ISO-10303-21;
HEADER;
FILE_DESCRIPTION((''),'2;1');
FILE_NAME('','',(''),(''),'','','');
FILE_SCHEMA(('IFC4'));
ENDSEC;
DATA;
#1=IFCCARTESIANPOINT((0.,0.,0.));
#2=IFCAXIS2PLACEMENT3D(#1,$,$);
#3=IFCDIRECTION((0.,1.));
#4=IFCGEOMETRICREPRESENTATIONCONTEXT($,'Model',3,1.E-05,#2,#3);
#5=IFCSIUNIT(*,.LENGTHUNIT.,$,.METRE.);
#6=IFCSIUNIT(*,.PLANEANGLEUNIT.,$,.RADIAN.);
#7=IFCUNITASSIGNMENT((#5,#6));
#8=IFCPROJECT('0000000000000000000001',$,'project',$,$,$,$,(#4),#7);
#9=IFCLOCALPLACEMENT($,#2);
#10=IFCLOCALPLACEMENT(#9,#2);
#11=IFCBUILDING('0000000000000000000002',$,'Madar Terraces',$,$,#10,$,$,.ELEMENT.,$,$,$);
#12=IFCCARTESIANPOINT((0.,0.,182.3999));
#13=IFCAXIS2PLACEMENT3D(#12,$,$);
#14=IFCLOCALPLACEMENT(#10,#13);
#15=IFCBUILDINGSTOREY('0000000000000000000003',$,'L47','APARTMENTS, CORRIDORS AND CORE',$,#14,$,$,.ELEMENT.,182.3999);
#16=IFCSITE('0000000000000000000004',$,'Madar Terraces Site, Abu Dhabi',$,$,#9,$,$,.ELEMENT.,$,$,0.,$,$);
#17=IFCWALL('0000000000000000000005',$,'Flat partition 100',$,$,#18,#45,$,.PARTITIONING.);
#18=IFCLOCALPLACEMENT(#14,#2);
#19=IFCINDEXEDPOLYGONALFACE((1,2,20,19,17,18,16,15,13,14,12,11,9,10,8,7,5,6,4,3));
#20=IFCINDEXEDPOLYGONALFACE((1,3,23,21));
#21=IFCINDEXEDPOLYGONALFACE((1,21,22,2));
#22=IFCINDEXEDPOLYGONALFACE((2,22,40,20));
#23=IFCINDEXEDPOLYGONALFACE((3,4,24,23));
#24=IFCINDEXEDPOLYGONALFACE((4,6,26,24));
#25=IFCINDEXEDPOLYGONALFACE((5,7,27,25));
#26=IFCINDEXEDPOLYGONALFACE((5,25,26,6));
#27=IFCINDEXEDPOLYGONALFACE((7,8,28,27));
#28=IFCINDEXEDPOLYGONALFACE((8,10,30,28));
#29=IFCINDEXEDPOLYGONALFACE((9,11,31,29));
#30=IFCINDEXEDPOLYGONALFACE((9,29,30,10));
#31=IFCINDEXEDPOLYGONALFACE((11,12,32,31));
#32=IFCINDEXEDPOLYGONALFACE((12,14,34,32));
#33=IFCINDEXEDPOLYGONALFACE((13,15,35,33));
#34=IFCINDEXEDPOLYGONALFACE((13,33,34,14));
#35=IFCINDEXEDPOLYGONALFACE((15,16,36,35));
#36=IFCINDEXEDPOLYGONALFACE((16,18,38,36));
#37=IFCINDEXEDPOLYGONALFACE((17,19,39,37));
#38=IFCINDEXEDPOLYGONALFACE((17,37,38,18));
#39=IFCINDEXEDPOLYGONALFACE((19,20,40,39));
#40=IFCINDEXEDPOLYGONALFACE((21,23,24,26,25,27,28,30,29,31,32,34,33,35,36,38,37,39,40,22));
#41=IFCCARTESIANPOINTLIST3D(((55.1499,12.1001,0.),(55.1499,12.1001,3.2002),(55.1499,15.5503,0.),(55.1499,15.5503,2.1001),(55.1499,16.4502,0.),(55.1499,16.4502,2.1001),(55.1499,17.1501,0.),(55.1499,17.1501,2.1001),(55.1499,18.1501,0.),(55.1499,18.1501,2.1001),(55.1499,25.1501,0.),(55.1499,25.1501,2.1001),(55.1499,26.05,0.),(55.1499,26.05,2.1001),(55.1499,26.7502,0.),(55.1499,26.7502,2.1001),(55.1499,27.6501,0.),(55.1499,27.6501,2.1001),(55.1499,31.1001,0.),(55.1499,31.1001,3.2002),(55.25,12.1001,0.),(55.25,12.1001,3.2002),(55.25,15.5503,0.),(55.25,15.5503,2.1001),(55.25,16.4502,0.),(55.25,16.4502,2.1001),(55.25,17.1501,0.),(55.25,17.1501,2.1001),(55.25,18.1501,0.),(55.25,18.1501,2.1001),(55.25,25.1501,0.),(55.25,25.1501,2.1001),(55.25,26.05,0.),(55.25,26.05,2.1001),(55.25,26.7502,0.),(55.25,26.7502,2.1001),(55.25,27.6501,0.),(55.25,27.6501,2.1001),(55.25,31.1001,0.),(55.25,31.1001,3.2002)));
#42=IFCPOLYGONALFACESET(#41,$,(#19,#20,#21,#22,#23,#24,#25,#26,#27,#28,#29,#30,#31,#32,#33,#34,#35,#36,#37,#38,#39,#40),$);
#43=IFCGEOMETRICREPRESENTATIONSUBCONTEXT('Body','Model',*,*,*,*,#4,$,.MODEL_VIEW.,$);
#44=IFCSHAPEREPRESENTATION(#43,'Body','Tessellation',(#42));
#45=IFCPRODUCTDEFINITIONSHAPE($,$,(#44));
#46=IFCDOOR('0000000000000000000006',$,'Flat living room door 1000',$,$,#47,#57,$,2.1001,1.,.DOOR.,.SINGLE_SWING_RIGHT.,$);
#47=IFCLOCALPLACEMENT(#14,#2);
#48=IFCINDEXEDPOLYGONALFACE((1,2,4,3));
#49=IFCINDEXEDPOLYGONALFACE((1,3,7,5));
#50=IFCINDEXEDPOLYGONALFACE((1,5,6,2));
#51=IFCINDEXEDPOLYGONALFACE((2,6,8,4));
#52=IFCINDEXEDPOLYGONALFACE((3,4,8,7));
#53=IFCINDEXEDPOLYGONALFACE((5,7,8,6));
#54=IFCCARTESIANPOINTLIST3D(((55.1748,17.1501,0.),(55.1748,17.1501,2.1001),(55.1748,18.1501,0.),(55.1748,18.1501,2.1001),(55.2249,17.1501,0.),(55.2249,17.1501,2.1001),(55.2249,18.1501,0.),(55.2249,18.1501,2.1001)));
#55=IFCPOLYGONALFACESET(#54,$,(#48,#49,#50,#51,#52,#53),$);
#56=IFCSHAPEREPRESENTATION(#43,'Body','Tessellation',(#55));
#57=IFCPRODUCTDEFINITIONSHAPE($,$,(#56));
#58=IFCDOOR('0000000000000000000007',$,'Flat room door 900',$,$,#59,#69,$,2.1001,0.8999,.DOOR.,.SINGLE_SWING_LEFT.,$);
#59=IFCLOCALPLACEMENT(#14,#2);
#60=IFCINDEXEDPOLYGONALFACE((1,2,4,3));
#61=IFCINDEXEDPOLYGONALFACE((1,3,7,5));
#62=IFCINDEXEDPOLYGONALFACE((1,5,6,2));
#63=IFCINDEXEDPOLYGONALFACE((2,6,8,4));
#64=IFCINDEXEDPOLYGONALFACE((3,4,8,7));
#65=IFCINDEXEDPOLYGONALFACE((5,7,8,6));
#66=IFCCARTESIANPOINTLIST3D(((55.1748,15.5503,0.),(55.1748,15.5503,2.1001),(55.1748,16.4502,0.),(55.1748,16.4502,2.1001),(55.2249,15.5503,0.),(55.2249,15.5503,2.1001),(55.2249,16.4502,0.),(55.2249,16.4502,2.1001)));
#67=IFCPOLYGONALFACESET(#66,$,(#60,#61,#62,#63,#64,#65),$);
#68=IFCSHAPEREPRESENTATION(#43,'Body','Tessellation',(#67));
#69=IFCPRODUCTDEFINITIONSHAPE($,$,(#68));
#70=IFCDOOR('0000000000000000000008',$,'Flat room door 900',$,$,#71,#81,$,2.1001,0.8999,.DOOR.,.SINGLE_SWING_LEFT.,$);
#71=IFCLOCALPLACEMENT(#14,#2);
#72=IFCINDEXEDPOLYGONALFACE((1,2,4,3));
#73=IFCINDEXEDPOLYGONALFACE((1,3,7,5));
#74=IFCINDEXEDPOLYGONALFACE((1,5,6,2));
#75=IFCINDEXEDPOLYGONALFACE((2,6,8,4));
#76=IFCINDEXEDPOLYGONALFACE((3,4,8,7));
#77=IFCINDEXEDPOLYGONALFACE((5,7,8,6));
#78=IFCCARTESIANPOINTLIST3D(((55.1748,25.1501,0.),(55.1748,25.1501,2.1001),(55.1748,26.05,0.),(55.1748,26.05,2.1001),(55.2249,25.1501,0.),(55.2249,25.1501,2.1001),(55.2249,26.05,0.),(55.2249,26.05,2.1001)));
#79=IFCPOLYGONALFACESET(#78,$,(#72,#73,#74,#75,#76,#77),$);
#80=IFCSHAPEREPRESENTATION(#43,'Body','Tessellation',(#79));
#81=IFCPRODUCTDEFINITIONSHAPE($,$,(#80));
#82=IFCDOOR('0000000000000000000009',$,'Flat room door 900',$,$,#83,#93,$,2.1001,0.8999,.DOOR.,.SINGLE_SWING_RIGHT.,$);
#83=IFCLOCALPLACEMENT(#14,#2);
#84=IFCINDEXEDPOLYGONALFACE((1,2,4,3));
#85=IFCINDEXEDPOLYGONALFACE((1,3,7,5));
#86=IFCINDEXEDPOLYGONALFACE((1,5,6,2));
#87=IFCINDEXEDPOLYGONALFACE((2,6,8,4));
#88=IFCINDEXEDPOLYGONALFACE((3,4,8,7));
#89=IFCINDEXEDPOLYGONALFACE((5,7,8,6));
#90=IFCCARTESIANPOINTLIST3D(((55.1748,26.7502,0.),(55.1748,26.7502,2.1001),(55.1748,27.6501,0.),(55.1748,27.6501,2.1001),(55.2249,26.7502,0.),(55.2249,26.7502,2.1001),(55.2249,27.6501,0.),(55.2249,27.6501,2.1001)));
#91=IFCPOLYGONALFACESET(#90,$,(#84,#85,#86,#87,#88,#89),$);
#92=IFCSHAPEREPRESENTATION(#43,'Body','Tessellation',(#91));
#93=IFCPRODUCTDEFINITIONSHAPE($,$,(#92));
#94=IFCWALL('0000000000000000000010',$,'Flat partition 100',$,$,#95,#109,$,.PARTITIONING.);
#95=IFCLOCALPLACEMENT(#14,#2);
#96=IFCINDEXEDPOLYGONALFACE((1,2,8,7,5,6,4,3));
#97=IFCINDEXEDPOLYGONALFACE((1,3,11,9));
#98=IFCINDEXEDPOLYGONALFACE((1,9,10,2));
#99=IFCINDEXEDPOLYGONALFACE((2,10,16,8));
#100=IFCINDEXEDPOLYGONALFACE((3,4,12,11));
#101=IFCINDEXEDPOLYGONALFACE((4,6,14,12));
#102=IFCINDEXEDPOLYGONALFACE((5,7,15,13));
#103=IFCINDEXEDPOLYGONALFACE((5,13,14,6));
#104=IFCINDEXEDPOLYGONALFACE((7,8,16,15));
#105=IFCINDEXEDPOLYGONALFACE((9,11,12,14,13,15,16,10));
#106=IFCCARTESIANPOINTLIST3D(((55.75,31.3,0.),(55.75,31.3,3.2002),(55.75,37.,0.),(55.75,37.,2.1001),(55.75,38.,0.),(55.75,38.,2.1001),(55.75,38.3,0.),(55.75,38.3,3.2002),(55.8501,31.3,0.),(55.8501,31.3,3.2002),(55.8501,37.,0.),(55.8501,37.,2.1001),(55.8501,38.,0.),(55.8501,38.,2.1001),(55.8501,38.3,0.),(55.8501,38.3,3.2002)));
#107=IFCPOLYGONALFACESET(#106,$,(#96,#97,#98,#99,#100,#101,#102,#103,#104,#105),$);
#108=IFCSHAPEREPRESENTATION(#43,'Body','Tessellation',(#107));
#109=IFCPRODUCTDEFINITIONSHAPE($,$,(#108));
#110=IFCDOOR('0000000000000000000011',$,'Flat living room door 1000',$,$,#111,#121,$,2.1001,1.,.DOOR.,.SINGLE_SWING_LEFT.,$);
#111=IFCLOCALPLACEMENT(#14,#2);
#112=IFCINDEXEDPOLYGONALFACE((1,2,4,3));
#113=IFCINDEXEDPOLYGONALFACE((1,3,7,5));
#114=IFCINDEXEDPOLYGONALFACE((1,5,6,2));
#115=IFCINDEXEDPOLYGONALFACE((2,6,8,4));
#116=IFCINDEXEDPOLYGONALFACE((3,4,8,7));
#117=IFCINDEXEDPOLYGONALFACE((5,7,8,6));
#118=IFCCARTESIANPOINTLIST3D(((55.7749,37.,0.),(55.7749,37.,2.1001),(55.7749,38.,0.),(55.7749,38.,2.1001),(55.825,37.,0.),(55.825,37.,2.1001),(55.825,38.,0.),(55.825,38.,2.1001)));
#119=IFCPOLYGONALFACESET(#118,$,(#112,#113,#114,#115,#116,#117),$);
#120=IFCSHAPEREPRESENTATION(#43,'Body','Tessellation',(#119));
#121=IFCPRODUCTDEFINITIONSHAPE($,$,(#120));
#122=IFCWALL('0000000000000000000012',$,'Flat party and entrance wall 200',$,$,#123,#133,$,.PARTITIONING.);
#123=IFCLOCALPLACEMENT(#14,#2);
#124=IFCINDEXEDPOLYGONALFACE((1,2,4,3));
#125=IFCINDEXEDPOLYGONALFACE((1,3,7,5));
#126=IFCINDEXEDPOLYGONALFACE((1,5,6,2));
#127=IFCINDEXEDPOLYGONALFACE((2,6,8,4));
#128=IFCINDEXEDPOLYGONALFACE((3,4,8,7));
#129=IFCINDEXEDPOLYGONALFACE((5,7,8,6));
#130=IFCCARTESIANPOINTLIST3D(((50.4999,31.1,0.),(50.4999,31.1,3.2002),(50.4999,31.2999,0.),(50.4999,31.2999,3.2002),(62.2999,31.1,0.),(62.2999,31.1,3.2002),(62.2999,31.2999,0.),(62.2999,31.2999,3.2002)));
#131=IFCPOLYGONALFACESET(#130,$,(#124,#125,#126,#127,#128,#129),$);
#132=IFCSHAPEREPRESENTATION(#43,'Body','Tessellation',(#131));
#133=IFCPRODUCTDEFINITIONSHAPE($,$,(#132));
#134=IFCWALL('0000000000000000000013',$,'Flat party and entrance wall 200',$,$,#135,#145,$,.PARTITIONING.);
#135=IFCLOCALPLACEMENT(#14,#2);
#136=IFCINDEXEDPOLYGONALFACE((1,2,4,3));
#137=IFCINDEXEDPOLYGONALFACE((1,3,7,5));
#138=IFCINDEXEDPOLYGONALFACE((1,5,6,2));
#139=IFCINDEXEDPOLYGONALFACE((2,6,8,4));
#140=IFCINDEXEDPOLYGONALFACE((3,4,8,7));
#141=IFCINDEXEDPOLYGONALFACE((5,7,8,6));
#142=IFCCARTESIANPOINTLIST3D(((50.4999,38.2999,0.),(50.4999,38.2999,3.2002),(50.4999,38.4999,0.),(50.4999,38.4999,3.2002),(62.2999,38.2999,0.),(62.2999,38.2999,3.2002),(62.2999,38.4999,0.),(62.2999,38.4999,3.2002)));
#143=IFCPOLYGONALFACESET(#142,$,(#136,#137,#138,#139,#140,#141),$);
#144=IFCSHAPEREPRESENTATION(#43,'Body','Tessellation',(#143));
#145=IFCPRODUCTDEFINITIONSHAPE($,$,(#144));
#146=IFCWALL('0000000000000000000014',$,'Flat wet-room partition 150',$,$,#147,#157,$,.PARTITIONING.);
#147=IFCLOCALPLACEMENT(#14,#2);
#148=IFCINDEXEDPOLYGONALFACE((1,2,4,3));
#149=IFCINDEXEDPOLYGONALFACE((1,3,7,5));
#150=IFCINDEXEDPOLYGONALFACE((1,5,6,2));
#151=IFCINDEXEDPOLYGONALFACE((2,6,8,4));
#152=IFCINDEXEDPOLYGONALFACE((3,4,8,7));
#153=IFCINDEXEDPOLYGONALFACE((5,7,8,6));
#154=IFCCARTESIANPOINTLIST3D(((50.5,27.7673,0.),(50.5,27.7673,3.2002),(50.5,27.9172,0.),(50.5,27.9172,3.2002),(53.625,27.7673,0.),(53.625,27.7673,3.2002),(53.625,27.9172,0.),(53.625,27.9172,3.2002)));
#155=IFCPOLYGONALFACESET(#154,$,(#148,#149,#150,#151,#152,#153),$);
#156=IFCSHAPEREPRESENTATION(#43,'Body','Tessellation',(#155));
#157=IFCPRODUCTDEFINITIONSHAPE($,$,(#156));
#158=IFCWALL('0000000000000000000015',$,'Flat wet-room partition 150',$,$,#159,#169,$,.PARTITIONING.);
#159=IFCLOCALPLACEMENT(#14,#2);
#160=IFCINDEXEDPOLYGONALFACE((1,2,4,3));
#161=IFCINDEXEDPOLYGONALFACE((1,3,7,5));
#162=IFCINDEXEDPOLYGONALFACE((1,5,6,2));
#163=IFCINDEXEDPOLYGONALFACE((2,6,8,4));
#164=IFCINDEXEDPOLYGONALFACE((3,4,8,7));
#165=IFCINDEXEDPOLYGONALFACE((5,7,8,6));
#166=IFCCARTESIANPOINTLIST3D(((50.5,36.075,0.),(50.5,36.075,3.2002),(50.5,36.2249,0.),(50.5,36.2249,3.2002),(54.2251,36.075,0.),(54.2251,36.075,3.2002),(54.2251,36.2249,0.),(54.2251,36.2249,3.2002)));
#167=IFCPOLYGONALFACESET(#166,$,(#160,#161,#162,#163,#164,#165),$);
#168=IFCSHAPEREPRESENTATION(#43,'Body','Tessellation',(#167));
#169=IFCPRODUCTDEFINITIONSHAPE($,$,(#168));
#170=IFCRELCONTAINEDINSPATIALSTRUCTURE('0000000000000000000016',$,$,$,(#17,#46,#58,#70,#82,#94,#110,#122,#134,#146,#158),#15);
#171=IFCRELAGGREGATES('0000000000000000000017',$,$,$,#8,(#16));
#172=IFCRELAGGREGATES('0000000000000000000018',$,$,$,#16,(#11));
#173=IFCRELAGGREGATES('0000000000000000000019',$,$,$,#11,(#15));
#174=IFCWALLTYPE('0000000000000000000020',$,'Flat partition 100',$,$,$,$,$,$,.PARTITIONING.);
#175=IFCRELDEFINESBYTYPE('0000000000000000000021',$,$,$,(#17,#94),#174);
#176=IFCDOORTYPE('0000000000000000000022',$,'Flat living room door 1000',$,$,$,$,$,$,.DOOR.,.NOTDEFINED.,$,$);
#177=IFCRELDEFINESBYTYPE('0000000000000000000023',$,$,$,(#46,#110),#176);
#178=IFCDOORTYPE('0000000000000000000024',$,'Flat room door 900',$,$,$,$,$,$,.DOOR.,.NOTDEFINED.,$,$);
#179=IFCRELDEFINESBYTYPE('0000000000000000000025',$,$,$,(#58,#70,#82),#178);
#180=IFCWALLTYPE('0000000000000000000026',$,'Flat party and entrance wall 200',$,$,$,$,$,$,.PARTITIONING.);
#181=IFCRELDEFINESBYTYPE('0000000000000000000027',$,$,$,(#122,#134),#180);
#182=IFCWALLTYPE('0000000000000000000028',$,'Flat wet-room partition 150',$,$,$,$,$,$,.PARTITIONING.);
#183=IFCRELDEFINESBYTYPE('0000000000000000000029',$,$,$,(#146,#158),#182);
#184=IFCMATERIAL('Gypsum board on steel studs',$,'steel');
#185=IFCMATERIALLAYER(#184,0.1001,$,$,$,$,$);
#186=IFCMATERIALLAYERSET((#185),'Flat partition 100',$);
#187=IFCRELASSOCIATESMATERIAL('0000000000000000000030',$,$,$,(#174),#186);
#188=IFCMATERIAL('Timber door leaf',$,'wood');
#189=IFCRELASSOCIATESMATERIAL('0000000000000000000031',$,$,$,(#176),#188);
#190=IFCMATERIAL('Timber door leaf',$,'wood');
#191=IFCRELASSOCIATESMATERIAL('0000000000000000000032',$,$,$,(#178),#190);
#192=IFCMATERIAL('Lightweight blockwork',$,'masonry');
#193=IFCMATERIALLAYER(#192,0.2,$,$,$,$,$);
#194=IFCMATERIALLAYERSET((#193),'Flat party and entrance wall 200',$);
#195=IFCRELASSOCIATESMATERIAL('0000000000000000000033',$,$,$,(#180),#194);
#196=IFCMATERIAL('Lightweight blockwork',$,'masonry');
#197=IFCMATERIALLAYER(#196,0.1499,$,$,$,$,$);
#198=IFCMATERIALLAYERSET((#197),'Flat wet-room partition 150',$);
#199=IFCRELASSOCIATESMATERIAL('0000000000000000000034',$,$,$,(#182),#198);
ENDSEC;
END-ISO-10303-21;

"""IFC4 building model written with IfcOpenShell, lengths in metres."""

from ifc_helpers import new_model, si_unit, direction, frame, frame_2d, origin, place, context, subcontext, project, spatial, rectangle, extrude, material, layer, layer_set, type_object, element, fill, save


model = new_model("IFC4")

# Units and contexts
model_context = context("Model", 3, precision=1e-05, world=origin(), true_north=direction((0.0, 1.0)))
body_context = subcontext(model_context, "Body", "Model", "MODEL_VIEW")
ifc_project = project(units=[si_unit("LENGTHUNIT", "METRE"), si_unit("PLANEANGLEUNIT", "RADIAN")], contexts=[model_context])

# Site, building, storey
site_placement = place(None, origin())
site = spatial("IfcSite", under=ifc_project, at=site_placement, Name="Madar Terraces Site, Abu Dhabi", CompositionType="ELEMENT", RefElevation=0.0)
building_placement = place(site_placement, origin())
building = spatial("IfcBuilding", under=site, at=building_placement, Name="Madar Terraces", CompositionType="ELEMENT")
storey_placement = place(building_placement, frame((0.0, 0.0, 182.3999)))
storey = spatial("IfcBuildingStorey", under=building, at=storey_placement, Name="L47", Description="APARTMENTS, CORRIDORS AND CORE", CompositionType="ELEMENT", Elevation=182.3999)

# Shared definitions
ifc_material_1 = material(Name="Gypsum board on steel studs", Category="steel")
ifc_layer_1 = layer(ifc_material_1, 0.1001)
ifc_layer_set_1 = layer_set([ifc_layer_1], Name="Flat partition 100")
wall_type_1 = type_object("IfcWallType", Name="Flat partition 100", PredefinedType="PARTITIONING", material=ifc_layer_set_1)

# Wall, openings, doors
wall_1_placement = place(storey_placement, frame((55.2, 31.1001, 0.0), z_axis=(0.0, 0.0, 1.0), x_axis=(0.0, -1.0, 0.0)))
wall_1 = element("IfcWall", 1, at=wall_1_placement, inside=storey, type_object=wall_type_1, Name="Flat partition 100", PredefinedType="PARTITIONING", context=body_context, shape_type="SweptSolid", body=[
    extrude(rectangle(XDim=19.0, YDim=0.1001, at=frame_2d((9.5, 0.0))), origin(), (0.0, 0.0, 1.0), 3.2002),
])
opening_1_placement = place(wall_1_placement, frame((14.6499, 0.0, 0.0)))
opening_1 = element("IfcOpeningElement", 2, at=opening_1_placement, cuts=wall_1, PredefinedType="OPENING", context=body_context, shape_type="SweptSolid", body=[
    extrude(rectangle(XDim=0.8999, YDim=2.1001, at=frame_2d((0.45, 1.05))), frame((0.0, 0.0601, 0.0), z_axis=(0.0, -1.0, 0.0), x_axis=(1.0, 0.0, 0.0)), (0.0, 0.0, 1.0), 0.1201),
])
opening_2_placement = place(wall_1_placement, frame((12.95, 0.0, 0.0)))
opening_2 = element("IfcOpeningElement", 3, at=opening_2_placement, cuts=wall_1, PredefinedType="OPENING", context=body_context, shape_type="SweptSolid", body=[
    extrude(rectangle(XDim=1.0, YDim=2.1001, at=frame_2d((0.5, 1.05))), frame((0.0, 0.0601, 0.0), z_axis=(0.0, -1.0, 0.0), x_axis=(1.0, 0.0, 0.0)), (0.0, 0.0, 1.0), 0.1201),
])
opening_3_placement = place(wall_1_placement, frame((5.05, 0.0, 0.0)))
opening_3 = element("IfcOpeningElement", 4, at=opening_3_placement, cuts=wall_1, PredefinedType="OPENING", context=body_context, shape_type="SweptSolid", body=[
    extrude(rectangle(XDim=0.8999, YDim=2.1001, at=frame_2d((0.45, 1.05))), frame((0.0, 0.0601, 0.0), z_axis=(0.0, -1.0, 0.0), x_axis=(1.0, 0.0, 0.0)), (0.0, 0.0, 1.0), 0.1201),
])
opening_4_placement = place(wall_1_placement, frame((3.45, 0.0, 0.0)))
opening_4 = element("IfcOpeningElement", 5, at=opening_4_placement, cuts=wall_1, PredefinedType="OPENING", context=body_context, shape_type="SweptSolid", body=[
    extrude(rectangle(XDim=0.8999, YDim=2.1001, at=frame_2d((0.45, 1.05))), frame((0.0, 0.0601, 0.0), z_axis=(0.0, -1.0, 0.0), x_axis=(1.0, 0.0, 0.0)), (0.0, 0.0, 1.0), 0.1201),
])
ifc_material_2 = material(Name="Timber door leaf", Category="wood")
door_type_1 = type_object("IfcDoorType", Name="Flat living room door 1000", OperationType="NOTDEFINED", PredefinedType="DOOR", material=ifc_material_2)
door_1_placement = place(opening_2_placement, origin())
door_1 = element("IfcDoor", 6, at=door_1_placement, inside=storey, type_object=door_type_1, Name="Flat living room door 1000", OperationType="SINGLE_SWING_RIGHT", OverallHeight=2.1001, OverallWidth=1.0, PredefinedType="DOOR", context=body_context, shape_type="SweptSolid", body=[
    extrude(rectangle(XDim=1.0, YDim=2.1001, at=frame_2d((0.5, 1.05))), frame((0.0, 0.0249, 0.0), z_axis=(0.0, -1.0, 0.0), x_axis=(1.0, 0.0, 0.0)), (0.0, 0.0, 1.0), 0.05),
])
fill(opening_2, door_1)
ifc_material_3 = material(Name="Timber door leaf", Category="wood")
door_type_2 = type_object("IfcDoorType", Name="Flat room door 900", OperationType="NOTDEFINED", PredefinedType="DOOR", material=ifc_material_3)
door_2_placement = place(opening_1_placement, origin())
door_2 = element("IfcDoor", 7, at=door_2_placement, inside=storey, type_object=door_type_2, Name="Flat room door 900", OperationType="SINGLE_SWING_LEFT", OverallHeight=2.1001, OverallWidth=0.8999, PredefinedType="DOOR", context=body_context, shape_type="SweptSolid", body=[
    extrude(rectangle(XDim=0.8999, YDim=2.1001, at=frame_2d((0.45, 1.05))), frame((0.0, 0.0249, 0.0), z_axis=(0.0, -1.0, 0.0), x_axis=(1.0, 0.0, 0.0)), (0.0, 0.0, 1.0), 0.05),
])
fill(opening_1, door_2)
door_3_placement = place(opening_3_placement, origin())
door_3 = element("IfcDoor", 8, at=door_3_placement, inside=storey, type_object=door_type_2, Name="Flat room door 900", OperationType="SINGLE_SWING_LEFT", OverallHeight=2.1001, OverallWidth=0.8999, PredefinedType="DOOR", context=body_context, shape_type="SweptSolid", body=[
    extrude(rectangle(XDim=0.8999, YDim=2.1001, at=frame_2d((0.45, 1.05))), frame((0.0, 0.0249, 0.0), z_axis=(0.0, -1.0, 0.0), x_axis=(1.0, 0.0, 0.0)), (0.0, 0.0, 1.0), 0.05),
])
fill(opening_3, door_3)
door_4_placement = place(opening_4_placement, origin())
door_4 = element("IfcDoor", 9, at=door_4_placement, inside=storey, type_object=door_type_2, Name="Flat room door 900", OperationType="SINGLE_SWING_RIGHT", OverallHeight=2.1001, OverallWidth=0.8999, PredefinedType="DOOR", context=body_context, shape_type="SweptSolid", body=[
    extrude(rectangle(XDim=0.8999, YDim=2.1001, at=frame_2d((0.45, 1.05))), frame((0.0, 0.0249, 0.0), z_axis=(0.0, -1.0, 0.0), x_axis=(1.0, 0.0, 0.0)), (0.0, 0.0, 1.0), 0.05),
])
fill(opening_4, door_4)

# Wall, opening, door
wall_2_placement = place(storey_placement, frame((55.8, 38.3, 0.0), z_axis=(0.0, 0.0, 1.0), x_axis=(0.0, -1.0, 0.0)))
wall_2 = element("IfcWall", 10, at=wall_2_placement, inside=storey, type_object=wall_type_1, Name="Flat partition 100", PredefinedType="PARTITIONING", context=body_context, shape_type="SweptSolid", body=[
    extrude(rectangle(XDim=7.0, YDim=0.1001, at=frame_2d((3.5, 0.0))), origin(), (0.0, 0.0, 1.0), 3.2002),
])
opening_5_placement = place(wall_2_placement, frame((0.3, 0.0, 0.0)))
opening_5 = element("IfcOpeningElement", 11, at=opening_5_placement, cuts=wall_2, PredefinedType="OPENING", context=body_context, shape_type="SweptSolid", body=[
    extrude(rectangle(XDim=1.0, YDim=2.1001, at=frame_2d((0.5, 1.05))), frame((0.0, 0.0601, 0.0), z_axis=(0.0, -1.0, 0.0), x_axis=(1.0, 0.0, 0.0)), (0.0, 0.0, 1.0), 0.1201),
])
door_5_placement = place(opening_5_placement, origin())
door_5 = element("IfcDoor", 12, at=door_5_placement, inside=storey, type_object=door_type_1, Name="Flat living room door 1000", OperationType="SINGLE_SWING_LEFT", OverallHeight=2.1001, OverallWidth=1.0, PredefinedType="DOOR", context=body_context, shape_type="SweptSolid", body=[
    extrude(rectangle(XDim=1.0, YDim=2.1001, at=frame_2d((0.5, 1.05))), frame((0.0, 0.0249, 0.0), z_axis=(0.0, -1.0, 0.0), x_axis=(1.0, 0.0, 0.0)), (0.0, 0.0, 1.0), 0.05),
])
fill(opening_5, door_5)

# Walls
ifc_material_4 = material(Name="Lightweight blockwork", Category="masonry")
ifc_layer_2 = layer(ifc_material_4, 0.2)
ifc_layer_set_2 = layer_set([ifc_layer_2], Name="Flat party and entrance wall 200")
wall_type_2 = type_object("IfcWallType", Name="Flat party and entrance wall 200", PredefinedType="PARTITIONING", material=ifc_layer_set_2)
for number, where, z_axis, x_axis, name in (
    (13, (50.5, 31.2, 0.0), (0.0, 0.0, 1.0), (1.0, 0.0, 0.0), "Flat party and entrance wall 200"),
    (14, (50.5, 38.3999, 0.0), (0.0, 0.0, 1.0), (1.0, 0.0, 0.0), "Flat party and entrance wall 200"),
):
    element("IfcWall", number, at=place(storey_placement, frame(where, z_axis=z_axis, x_axis=x_axis)), inside=storey, type_object=wall_type_2, Name=name, PredefinedType="PARTITIONING", context=body_context, shape_type="SweptSolid", body=[
        extrude(rectangle(XDim=11.8, YDim=0.2, at=frame_2d((5.8999, 0.0))), origin(), (0.0, 0.0, 1.0), 3.2002),
    ])
ifc_material_5 = material(Name="Lightweight blockwork", Category="masonry")
ifc_layer_3 = layer(ifc_material_5, 0.1499)
ifc_layer_set_3 = layer_set([ifc_layer_3], Name="Flat wet-room partition 150")
wall_type_3 = type_object("IfcWallType", Name="Flat wet-room partition 150", PredefinedType="PARTITIONING", material=ifc_layer_set_3)
wall_3_placement = place(storey_placement, frame((50.5, 27.8423, 0.0), z_axis=(0.0, 0.0, 1.0), x_axis=(1.0, 0.0, 0.0)))
element("IfcWall", 15, at=wall_3_placement, inside=storey, type_object=wall_type_3, Name="Flat wet-room partition 150", PredefinedType="PARTITIONING", context=body_context, shape_type="SweptSolid", body=[
    extrude(rectangle(XDim=3.125, YDim=0.1499, at=frame_2d((1.5625, 0.0))), origin(), (0.0, 0.0, 1.0), 3.2002),
])
wall_4_placement = place(storey_placement, frame((50.5, 36.1499, 0.0), z_axis=(0.0, 0.0, 1.0), x_axis=(1.0, 0.0, 0.0)))
element("IfcWall", 16, at=wall_4_placement, inside=storey, type_object=wall_type_3, Name="Flat wet-room partition 150", PredefinedType="PARTITIONING", context=body_context, shape_type="SweptSolid", body=[
    extrude(rectangle(XDim=3.7251, YDim=0.1499, at=frame_2d((1.8625, 0.0))), origin(), (0.0, 0.0, 1.0), 3.2002),
])

save(model, "model.ifc")
